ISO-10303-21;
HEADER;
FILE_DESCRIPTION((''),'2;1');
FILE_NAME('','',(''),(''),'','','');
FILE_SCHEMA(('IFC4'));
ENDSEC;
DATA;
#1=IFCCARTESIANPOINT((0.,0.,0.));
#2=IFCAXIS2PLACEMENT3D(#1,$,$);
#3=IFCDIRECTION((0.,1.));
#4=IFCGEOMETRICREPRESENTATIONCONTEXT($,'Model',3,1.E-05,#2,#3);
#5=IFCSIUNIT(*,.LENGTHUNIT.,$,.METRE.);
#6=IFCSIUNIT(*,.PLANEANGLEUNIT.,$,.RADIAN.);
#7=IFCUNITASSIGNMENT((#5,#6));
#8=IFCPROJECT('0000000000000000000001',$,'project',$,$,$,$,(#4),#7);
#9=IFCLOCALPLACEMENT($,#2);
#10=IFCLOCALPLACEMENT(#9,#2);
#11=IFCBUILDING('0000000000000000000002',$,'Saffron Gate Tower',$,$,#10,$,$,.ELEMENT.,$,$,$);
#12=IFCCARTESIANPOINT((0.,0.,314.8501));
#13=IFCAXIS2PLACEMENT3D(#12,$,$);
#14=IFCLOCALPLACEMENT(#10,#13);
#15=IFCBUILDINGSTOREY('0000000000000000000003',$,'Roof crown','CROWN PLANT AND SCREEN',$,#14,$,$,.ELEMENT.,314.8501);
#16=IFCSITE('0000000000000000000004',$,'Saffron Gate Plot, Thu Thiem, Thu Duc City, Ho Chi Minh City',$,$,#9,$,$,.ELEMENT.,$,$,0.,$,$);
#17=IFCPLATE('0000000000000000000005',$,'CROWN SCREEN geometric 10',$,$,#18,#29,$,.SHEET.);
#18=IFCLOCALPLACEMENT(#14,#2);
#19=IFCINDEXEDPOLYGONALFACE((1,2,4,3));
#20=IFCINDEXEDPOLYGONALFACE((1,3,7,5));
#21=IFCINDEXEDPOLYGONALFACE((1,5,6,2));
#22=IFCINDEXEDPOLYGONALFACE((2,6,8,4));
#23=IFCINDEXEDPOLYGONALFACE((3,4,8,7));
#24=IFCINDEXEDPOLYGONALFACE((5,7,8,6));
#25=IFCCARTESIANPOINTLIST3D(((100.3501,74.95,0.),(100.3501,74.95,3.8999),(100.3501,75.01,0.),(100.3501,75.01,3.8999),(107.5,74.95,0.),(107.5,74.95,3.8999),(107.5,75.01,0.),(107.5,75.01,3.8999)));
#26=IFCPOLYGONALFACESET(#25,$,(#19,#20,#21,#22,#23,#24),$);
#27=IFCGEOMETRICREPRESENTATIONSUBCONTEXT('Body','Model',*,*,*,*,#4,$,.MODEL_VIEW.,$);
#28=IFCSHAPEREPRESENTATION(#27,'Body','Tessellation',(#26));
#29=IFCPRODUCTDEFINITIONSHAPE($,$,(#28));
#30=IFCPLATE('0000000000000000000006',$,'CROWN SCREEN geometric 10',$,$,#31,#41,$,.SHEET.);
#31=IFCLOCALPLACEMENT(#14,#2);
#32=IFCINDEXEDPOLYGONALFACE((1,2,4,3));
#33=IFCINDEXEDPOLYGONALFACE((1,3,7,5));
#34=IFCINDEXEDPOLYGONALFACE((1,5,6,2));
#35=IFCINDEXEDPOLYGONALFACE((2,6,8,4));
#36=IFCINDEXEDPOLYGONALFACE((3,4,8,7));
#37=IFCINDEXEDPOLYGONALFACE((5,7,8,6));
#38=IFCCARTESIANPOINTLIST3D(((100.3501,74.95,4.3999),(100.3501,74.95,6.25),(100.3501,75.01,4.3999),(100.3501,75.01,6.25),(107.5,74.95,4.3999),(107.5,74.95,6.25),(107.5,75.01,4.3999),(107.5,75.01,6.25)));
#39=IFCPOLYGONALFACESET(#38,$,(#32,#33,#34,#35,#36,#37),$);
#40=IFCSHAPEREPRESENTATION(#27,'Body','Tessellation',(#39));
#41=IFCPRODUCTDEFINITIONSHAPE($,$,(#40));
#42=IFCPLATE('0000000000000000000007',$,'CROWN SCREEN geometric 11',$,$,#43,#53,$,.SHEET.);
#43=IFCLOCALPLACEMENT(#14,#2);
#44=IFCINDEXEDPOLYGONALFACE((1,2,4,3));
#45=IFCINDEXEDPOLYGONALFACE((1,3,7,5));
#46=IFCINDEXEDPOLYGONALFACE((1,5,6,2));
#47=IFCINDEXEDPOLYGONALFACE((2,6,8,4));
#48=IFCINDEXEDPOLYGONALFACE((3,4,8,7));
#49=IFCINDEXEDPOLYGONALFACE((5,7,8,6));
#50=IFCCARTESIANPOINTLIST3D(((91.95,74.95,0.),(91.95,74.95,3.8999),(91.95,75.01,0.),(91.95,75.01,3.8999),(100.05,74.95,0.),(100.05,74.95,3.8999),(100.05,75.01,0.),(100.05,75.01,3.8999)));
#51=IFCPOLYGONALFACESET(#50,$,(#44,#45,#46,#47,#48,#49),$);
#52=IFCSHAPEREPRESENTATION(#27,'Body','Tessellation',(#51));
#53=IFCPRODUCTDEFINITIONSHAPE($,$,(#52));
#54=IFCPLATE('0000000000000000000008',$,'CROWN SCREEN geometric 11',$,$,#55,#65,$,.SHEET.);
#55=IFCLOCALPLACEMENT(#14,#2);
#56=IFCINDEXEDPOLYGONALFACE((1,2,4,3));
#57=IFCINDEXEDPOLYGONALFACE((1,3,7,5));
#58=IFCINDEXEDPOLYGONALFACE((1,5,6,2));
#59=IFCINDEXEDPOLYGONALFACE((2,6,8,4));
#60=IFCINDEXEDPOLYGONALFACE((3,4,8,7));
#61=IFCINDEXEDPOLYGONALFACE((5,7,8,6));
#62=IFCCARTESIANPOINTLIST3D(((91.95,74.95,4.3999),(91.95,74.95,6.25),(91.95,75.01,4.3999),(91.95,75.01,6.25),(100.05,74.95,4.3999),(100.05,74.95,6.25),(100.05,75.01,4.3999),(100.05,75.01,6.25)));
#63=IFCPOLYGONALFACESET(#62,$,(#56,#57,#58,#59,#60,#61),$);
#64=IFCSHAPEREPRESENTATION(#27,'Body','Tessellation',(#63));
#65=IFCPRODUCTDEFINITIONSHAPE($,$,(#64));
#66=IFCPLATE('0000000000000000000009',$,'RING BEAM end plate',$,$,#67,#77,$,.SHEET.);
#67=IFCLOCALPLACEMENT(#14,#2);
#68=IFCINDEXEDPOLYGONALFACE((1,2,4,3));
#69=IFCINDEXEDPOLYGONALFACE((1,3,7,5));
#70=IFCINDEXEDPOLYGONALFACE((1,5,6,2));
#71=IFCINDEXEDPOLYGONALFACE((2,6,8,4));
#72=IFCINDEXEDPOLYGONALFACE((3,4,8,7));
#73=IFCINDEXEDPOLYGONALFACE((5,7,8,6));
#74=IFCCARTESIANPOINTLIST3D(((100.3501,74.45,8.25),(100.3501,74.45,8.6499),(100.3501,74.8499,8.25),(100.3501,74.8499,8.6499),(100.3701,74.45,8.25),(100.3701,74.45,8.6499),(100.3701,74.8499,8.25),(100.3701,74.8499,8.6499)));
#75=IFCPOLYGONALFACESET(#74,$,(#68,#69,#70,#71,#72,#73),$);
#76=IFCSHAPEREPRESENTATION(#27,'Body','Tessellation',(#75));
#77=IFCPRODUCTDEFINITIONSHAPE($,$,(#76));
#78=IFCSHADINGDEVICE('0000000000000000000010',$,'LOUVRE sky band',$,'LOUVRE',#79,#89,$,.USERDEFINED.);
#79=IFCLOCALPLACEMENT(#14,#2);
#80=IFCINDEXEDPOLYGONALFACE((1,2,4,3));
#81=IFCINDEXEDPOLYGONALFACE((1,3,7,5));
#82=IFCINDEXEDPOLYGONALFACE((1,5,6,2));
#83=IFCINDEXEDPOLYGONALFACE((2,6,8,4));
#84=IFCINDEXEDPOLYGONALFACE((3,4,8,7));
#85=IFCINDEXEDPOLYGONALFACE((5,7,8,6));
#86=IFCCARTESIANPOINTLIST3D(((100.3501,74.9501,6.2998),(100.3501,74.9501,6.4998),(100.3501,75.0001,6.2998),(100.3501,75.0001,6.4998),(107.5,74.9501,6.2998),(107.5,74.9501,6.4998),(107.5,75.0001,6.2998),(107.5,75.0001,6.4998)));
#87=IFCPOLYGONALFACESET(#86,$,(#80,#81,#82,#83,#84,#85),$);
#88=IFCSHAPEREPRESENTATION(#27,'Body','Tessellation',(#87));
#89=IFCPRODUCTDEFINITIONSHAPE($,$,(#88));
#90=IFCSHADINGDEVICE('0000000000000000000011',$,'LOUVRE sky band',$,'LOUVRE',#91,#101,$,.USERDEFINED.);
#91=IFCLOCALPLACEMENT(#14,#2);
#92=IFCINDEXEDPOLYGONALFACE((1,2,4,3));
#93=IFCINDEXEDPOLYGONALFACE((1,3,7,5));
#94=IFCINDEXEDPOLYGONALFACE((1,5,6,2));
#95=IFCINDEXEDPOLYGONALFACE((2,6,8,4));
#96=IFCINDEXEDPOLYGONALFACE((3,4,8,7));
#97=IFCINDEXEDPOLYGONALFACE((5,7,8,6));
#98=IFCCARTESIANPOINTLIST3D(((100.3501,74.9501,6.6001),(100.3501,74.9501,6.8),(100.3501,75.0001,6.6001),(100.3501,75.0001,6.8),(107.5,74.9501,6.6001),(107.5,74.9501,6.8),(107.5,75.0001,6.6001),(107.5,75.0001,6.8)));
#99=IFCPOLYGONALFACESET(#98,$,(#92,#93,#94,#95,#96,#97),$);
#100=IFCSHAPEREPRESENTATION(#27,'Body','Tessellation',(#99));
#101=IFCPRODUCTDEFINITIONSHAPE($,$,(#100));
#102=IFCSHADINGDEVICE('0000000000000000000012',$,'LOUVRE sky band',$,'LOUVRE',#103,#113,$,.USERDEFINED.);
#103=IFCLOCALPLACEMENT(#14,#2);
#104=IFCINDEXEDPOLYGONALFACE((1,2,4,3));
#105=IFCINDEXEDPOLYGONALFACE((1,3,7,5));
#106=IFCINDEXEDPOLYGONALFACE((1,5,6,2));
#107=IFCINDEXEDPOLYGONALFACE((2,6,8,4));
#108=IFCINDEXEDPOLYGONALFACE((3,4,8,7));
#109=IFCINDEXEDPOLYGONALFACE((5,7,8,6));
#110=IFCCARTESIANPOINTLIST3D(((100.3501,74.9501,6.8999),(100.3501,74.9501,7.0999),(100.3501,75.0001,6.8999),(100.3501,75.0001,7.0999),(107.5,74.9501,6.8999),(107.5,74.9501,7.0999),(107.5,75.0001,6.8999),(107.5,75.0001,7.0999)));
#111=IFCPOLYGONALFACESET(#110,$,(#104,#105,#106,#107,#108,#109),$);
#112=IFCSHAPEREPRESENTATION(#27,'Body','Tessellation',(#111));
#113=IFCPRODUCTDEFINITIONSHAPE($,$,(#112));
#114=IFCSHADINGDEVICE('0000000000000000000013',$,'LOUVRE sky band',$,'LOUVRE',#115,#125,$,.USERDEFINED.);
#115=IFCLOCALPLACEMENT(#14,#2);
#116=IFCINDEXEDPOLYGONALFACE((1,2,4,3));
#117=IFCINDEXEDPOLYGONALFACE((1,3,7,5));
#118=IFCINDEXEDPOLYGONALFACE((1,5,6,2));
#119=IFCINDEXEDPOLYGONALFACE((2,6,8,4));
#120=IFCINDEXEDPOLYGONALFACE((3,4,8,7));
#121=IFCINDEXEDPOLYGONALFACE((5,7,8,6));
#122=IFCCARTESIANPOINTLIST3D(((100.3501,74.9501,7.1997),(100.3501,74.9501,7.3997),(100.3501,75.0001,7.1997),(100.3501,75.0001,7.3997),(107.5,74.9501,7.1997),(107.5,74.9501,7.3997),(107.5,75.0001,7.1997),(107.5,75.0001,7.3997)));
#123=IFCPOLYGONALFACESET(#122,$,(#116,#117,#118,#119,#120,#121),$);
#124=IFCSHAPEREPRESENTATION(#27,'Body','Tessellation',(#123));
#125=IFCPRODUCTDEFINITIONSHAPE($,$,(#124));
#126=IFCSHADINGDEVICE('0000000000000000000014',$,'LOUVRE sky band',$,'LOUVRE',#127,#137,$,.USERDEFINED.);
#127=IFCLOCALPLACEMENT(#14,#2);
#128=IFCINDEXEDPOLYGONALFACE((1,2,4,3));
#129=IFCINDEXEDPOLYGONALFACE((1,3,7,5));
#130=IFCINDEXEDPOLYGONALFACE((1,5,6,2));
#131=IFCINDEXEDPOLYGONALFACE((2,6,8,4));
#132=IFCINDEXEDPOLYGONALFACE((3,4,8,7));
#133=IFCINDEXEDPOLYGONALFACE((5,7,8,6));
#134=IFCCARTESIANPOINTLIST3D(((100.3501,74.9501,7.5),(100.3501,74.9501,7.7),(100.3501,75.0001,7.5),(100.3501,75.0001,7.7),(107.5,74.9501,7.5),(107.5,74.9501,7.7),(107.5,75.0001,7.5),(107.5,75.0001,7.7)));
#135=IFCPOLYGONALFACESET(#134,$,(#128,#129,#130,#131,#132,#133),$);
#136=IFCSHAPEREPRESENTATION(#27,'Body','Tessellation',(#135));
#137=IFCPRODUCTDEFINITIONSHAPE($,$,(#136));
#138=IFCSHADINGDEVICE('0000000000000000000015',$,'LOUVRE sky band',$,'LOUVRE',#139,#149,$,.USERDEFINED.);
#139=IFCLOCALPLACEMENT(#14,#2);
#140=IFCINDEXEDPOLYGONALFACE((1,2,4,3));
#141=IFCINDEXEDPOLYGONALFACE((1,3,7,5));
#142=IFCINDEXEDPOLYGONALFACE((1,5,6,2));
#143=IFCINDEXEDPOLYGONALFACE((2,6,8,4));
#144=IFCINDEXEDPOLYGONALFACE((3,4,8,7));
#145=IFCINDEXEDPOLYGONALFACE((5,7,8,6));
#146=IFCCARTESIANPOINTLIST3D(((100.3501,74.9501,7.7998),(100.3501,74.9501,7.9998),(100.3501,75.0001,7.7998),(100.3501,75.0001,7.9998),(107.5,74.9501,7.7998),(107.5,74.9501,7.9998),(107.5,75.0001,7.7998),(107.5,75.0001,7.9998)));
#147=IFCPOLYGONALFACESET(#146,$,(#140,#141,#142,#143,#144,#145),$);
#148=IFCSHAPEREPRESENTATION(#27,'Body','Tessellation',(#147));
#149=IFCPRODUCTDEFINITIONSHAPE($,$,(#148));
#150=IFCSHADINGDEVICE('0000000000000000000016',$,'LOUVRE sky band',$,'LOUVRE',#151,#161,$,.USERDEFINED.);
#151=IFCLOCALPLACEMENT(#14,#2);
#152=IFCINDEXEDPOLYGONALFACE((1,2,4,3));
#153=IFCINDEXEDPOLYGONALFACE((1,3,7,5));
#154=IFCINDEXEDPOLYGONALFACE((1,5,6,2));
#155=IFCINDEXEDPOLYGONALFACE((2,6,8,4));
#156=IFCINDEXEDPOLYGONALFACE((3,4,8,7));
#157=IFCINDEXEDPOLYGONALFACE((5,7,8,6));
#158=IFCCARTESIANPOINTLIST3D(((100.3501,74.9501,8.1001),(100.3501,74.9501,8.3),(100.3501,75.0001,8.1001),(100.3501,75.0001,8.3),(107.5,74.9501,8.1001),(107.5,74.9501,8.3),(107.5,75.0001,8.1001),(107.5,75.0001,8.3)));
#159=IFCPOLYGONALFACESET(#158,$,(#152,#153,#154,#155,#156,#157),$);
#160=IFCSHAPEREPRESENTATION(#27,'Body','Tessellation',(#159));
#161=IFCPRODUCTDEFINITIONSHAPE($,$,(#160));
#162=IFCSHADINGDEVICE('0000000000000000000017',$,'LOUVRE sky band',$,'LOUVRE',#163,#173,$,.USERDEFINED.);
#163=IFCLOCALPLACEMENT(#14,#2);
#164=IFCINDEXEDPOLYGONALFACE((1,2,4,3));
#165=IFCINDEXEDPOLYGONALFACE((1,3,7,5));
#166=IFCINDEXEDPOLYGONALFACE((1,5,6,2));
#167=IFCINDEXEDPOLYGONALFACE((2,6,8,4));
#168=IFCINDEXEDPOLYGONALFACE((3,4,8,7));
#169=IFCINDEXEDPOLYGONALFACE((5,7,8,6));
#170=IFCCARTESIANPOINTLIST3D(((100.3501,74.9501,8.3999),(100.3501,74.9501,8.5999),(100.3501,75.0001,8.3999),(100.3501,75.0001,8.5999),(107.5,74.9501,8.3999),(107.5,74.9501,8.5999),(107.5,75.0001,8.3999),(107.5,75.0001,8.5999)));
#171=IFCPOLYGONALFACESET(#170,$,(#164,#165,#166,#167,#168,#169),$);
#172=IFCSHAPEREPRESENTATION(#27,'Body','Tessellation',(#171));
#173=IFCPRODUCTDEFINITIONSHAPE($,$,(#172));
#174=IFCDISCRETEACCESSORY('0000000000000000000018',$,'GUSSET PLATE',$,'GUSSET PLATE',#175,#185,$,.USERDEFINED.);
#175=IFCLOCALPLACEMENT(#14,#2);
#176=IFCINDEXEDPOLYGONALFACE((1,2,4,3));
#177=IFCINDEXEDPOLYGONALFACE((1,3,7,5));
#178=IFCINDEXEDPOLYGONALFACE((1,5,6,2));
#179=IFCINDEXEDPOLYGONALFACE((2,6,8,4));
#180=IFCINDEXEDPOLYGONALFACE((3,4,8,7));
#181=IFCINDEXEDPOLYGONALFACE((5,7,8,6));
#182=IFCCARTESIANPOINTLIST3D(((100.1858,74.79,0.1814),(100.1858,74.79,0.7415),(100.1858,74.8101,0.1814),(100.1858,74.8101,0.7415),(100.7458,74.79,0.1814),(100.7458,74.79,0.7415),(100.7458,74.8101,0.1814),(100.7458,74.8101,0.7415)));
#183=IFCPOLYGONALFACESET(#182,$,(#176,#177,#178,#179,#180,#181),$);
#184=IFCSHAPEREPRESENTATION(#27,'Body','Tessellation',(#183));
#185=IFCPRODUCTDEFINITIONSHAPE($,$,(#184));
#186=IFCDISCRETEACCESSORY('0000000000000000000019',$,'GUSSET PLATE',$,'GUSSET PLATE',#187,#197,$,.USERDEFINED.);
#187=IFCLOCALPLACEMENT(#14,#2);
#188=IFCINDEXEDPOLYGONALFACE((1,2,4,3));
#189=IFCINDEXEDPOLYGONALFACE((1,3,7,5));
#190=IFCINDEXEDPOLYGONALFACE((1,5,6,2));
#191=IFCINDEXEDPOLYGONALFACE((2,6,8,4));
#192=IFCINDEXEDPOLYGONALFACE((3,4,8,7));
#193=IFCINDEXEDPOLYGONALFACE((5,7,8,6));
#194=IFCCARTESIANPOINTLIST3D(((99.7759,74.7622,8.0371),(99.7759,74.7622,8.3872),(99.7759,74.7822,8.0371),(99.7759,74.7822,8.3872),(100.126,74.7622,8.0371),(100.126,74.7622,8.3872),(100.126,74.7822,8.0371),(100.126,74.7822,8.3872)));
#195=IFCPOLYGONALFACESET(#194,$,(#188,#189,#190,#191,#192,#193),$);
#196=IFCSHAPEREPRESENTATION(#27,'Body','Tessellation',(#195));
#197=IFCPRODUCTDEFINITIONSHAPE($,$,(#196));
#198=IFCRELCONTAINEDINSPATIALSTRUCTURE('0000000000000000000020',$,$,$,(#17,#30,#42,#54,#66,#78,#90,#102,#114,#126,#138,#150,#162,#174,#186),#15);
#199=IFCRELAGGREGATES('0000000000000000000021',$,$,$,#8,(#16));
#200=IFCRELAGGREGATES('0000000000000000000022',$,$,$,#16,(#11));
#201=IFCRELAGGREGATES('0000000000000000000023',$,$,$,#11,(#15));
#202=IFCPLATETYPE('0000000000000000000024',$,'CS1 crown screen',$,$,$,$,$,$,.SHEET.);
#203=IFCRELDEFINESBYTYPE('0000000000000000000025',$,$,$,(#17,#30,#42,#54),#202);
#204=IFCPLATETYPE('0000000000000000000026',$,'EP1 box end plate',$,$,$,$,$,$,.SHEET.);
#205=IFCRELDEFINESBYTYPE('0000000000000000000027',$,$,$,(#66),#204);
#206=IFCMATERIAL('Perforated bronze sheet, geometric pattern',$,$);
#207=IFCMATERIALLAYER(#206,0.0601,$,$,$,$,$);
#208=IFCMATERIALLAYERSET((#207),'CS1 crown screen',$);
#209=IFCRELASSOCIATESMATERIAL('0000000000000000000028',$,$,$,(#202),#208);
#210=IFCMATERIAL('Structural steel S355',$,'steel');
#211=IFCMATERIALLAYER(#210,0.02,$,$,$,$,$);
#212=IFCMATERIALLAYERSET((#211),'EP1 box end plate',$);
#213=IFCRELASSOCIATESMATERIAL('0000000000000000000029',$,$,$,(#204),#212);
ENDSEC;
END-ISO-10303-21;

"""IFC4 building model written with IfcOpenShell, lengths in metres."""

from ifc_helpers import new_model, si_unit, direction, frame, origin, origin_2d, place, context, subcontext, project, spatial, rectangle, extrude, material, layer, layer_set, type_object, element, save


model = new_model("IFC4")

# Units and contexts
model_context = context("Model", 3, precision=1e-05, world=origin(), true_north=direction((0.0, 1.0)))
body_context = subcontext(model_context, "Body", "Model", "MODEL_VIEW")
ifc_project = project(units=[si_unit("LENGTHUNIT", "METRE"), si_unit("PLANEANGLEUNIT", "RADIAN")], contexts=[model_context])

# Site, building, storey
site_placement = place(None, origin())
site = spatial("IfcSite", under=ifc_project, at=site_placement, Name="Saffron Gate Plot, Thu Thiem, Thu Duc City, Ho Chi Minh City", CompositionType="ELEMENT", RefElevation=0.0)
building_placement = place(site_placement, origin())
building = spatial("IfcBuilding", under=site, at=building_placement, Name="Saffron Gate Tower", CompositionType="ELEMENT")
storey_placement = place(building_placement, frame((0.0, 0.0, 314.8501)))
storey = spatial("IfcBuildingStorey", under=building, at=storey_placement, Name="Roof crown", Description="CROWN PLANT AND SCREEN", CompositionType="ELEMENT", Elevation=314.8501)

# Shared definitions
ifc_material_1 = material(Name="Structural steel S355", Category="steel")

# Plates
ifc_material_2 = material(Name="Perforated bronze sheet, geometric pattern")
ifc_layer_1 = layer(ifc_material_2, 0.0601)
ifc_layer_set_1 = layer_set([ifc_layer_1], Name="CS1 crown screen")
plate_type_1 = type_object("IfcPlateType", Name="CS1 crown screen", PredefinedType="SHEET", material=ifc_layer_set_1)
plate_1_placement = place(storey_placement, frame((103.925, 74.98, 0.0), z_axis=(0.0, 0.0, 1.0), x_axis=(-1.0, 0.0, 0.0)))
element("IfcPlate", 1, at=plate_1_placement, inside=storey, type_object=plate_type_1, Name="CROWN SCREEN geometric 10", PredefinedType="SHEET", context=body_context, shape_type="SweptSolid", body=[
    extrude(rectangle(XDim=7.1499, YDim=0.0601, at=origin_2d()), origin(), (0.0, 0.0, 1.0), 3.8999),
])
plate_2_placement = place(storey_placement, frame((103.925, 74.98, 4.3999), z_axis=(0.0, 0.0, 1.0), x_axis=(-1.0, 0.0, 0.0)))
element("IfcPlate", 2, at=plate_2_placement, inside=storey, type_object=plate_type_1, Name="CROWN SCREEN geometric 10", PredefinedType="SHEET", context=body_context, shape_type="SweptSolid", body=[
    extrude(rectangle(XDim=7.1499, YDim=0.0601, at=origin_2d()), origin(), (0.0, 0.0, 1.0), 1.8501),
])
plate_3_placement = place(storey_placement, frame((96.0, 74.98, 0.0), z_axis=(0.0, 0.0, 1.0), x_axis=(-1.0, 0.0, 0.0)))
element("IfcPlate", 3, at=plate_3_placement, inside=storey, type_object=plate_type_1, Name="CROWN SCREEN geometric 11", PredefinedType="SHEET", context=body_context, shape_type="SweptSolid", body=[
    extrude(rectangle(XDim=8.1001, YDim=0.0601, at=origin_2d()), origin(), (0.0, 0.0, 1.0), 3.8999),
])
plate_4_placement = place(storey_placement, frame((96.0, 74.98, 4.3999), z_axis=(0.0, 0.0, 1.0), x_axis=(-1.0, 0.0, 0.0)))
element("IfcPlate", 4, at=plate_4_placement, inside=storey, type_object=plate_type_1, Name="CROWN SCREEN geometric 11", PredefinedType="SHEET", context=body_context, shape_type="SweptSolid", body=[
    extrude(rectangle(XDim=8.1001, YDim=0.0601, at=origin_2d()), origin(), (0.0, 0.0, 1.0), 1.8501),
])
ifc_layer_2 = layer(ifc_material_1, 0.02)
ifc_layer_set_2 = layer_set([ifc_layer_2], Name="EP1 box end plate")
plate_type_2 = type_object("IfcPlateType", Name="EP1 box end plate", PredefinedType="SHEET", material=ifc_layer_set_2)
plate_5_placement = place(storey_placement, frame((100.3601, 74.6499, 8.25), z_axis=(0.0, 0.0, 1.0), x_axis=(-1.0, 0.0, 0.0)))
element("IfcPlate", 5, at=plate_5_placement, inside=storey, type_object=plate_type_2, Name="RING BEAM end plate", PredefinedType="SHEET", context=body_context, shape_type="SweptSolid", body=[
    extrude(rectangle(XDim=0.02, YDim=0.3999, at=origin_2d()), origin(), (0.0, 0.0, 1.0), 0.3999),
])

# Shading devices
for number, where, z_axis, x_axis, name in (
    (6, (103.925, 74.9751, 6.2998), (0.0, 0.0, 1.0), (-1.0, 0.0, 0.0), "LOUVRE sky band"),
    (7, (103.925, 74.9751, 6.6001), (0.0, 0.0, 1.0), (-1.0, 0.0, 0.0), "LOUVRE sky band"),
    (8, (103.925, 74.9751, 6.8999), (0.0, 0.0, 1.0), (-1.0, 0.0, 0.0), "LOUVRE sky band"),
    (9, (103.925, 74.9751, 7.1997), (0.0, 0.0, 1.0), (-1.0, 0.0, 0.0), "LOUVRE sky band"),
    (10, (103.925, 74.9751, 7.5), (0.0, 0.0, 1.0), (-1.0, 0.0, 0.0), "LOUVRE sky band"),
    (11, (103.925, 74.9751, 7.7998), (0.0, 0.0, 1.0), (-1.0, 0.0, 0.0), "LOUVRE sky band"),
    (12, (103.925, 74.9751, 8.1001), (0.0, 0.0, 1.0), (-1.0, 0.0, 0.0), "LOUVRE sky band"),
    (13, (103.925, 74.9751, 8.3999), (0.0, 0.0, 1.0), (-1.0, 0.0, 0.0), "LOUVRE sky band"),
):
    element("IfcShadingDevice", number, at=place(storey_placement, frame(where, z_axis=z_axis, x_axis=x_axis)), inside=storey, Name=name, ObjectType="LOUVRE", PredefinedType="USERDEFINED", context=body_context, shape_type="SweptSolid", body=[
        extrude(rectangle(XDim=7.1499, YDim=0.05, at=origin_2d()), origin(), (0.0, 0.0, 1.0), 0.2),
    ])

# Discrete accessories
discrete_accessory_1_placement = place(storey_placement, frame((100.4658, 74.8, 0.1814), z_axis=(0.0, 0.0, 1.0), x_axis=(1.0, 0.0, 0.0)))
element("IfcDiscreteAccessory", 14, at=discrete_accessory_1_placement, inside=storey, Name="GUSSET PLATE", ObjectType="GUSSET PLATE", PredefinedType="USERDEFINED", context=body_context, shape_type="SweptSolid", body=[
    extrude(rectangle(XDim=0.5601, YDim=0.02, at=origin_2d()), origin(), (0.0, 0.0, 1.0), 0.5601),
])
discrete_accessory_2_placement = place(storey_placement, frame((99.9509, 74.7722, 8.0371), z_axis=(0.0, 0.0, 1.0), x_axis=(1.0, 0.0, 0.0)))
element("IfcDiscreteAccessory", 15, at=discrete_accessory_2_placement, inside=storey, Name="GUSSET PLATE", ObjectType="GUSSET PLATE", PredefinedType="USERDEFINED", context=body_context, shape_type="SweptSolid", body=[
    extrude(rectangle(XDim=0.3501, YDim=0.02, at=origin_2d()), origin(), (0.0, 0.0, 1.0), 0.3501),
])

save(model, "model.ifc")
